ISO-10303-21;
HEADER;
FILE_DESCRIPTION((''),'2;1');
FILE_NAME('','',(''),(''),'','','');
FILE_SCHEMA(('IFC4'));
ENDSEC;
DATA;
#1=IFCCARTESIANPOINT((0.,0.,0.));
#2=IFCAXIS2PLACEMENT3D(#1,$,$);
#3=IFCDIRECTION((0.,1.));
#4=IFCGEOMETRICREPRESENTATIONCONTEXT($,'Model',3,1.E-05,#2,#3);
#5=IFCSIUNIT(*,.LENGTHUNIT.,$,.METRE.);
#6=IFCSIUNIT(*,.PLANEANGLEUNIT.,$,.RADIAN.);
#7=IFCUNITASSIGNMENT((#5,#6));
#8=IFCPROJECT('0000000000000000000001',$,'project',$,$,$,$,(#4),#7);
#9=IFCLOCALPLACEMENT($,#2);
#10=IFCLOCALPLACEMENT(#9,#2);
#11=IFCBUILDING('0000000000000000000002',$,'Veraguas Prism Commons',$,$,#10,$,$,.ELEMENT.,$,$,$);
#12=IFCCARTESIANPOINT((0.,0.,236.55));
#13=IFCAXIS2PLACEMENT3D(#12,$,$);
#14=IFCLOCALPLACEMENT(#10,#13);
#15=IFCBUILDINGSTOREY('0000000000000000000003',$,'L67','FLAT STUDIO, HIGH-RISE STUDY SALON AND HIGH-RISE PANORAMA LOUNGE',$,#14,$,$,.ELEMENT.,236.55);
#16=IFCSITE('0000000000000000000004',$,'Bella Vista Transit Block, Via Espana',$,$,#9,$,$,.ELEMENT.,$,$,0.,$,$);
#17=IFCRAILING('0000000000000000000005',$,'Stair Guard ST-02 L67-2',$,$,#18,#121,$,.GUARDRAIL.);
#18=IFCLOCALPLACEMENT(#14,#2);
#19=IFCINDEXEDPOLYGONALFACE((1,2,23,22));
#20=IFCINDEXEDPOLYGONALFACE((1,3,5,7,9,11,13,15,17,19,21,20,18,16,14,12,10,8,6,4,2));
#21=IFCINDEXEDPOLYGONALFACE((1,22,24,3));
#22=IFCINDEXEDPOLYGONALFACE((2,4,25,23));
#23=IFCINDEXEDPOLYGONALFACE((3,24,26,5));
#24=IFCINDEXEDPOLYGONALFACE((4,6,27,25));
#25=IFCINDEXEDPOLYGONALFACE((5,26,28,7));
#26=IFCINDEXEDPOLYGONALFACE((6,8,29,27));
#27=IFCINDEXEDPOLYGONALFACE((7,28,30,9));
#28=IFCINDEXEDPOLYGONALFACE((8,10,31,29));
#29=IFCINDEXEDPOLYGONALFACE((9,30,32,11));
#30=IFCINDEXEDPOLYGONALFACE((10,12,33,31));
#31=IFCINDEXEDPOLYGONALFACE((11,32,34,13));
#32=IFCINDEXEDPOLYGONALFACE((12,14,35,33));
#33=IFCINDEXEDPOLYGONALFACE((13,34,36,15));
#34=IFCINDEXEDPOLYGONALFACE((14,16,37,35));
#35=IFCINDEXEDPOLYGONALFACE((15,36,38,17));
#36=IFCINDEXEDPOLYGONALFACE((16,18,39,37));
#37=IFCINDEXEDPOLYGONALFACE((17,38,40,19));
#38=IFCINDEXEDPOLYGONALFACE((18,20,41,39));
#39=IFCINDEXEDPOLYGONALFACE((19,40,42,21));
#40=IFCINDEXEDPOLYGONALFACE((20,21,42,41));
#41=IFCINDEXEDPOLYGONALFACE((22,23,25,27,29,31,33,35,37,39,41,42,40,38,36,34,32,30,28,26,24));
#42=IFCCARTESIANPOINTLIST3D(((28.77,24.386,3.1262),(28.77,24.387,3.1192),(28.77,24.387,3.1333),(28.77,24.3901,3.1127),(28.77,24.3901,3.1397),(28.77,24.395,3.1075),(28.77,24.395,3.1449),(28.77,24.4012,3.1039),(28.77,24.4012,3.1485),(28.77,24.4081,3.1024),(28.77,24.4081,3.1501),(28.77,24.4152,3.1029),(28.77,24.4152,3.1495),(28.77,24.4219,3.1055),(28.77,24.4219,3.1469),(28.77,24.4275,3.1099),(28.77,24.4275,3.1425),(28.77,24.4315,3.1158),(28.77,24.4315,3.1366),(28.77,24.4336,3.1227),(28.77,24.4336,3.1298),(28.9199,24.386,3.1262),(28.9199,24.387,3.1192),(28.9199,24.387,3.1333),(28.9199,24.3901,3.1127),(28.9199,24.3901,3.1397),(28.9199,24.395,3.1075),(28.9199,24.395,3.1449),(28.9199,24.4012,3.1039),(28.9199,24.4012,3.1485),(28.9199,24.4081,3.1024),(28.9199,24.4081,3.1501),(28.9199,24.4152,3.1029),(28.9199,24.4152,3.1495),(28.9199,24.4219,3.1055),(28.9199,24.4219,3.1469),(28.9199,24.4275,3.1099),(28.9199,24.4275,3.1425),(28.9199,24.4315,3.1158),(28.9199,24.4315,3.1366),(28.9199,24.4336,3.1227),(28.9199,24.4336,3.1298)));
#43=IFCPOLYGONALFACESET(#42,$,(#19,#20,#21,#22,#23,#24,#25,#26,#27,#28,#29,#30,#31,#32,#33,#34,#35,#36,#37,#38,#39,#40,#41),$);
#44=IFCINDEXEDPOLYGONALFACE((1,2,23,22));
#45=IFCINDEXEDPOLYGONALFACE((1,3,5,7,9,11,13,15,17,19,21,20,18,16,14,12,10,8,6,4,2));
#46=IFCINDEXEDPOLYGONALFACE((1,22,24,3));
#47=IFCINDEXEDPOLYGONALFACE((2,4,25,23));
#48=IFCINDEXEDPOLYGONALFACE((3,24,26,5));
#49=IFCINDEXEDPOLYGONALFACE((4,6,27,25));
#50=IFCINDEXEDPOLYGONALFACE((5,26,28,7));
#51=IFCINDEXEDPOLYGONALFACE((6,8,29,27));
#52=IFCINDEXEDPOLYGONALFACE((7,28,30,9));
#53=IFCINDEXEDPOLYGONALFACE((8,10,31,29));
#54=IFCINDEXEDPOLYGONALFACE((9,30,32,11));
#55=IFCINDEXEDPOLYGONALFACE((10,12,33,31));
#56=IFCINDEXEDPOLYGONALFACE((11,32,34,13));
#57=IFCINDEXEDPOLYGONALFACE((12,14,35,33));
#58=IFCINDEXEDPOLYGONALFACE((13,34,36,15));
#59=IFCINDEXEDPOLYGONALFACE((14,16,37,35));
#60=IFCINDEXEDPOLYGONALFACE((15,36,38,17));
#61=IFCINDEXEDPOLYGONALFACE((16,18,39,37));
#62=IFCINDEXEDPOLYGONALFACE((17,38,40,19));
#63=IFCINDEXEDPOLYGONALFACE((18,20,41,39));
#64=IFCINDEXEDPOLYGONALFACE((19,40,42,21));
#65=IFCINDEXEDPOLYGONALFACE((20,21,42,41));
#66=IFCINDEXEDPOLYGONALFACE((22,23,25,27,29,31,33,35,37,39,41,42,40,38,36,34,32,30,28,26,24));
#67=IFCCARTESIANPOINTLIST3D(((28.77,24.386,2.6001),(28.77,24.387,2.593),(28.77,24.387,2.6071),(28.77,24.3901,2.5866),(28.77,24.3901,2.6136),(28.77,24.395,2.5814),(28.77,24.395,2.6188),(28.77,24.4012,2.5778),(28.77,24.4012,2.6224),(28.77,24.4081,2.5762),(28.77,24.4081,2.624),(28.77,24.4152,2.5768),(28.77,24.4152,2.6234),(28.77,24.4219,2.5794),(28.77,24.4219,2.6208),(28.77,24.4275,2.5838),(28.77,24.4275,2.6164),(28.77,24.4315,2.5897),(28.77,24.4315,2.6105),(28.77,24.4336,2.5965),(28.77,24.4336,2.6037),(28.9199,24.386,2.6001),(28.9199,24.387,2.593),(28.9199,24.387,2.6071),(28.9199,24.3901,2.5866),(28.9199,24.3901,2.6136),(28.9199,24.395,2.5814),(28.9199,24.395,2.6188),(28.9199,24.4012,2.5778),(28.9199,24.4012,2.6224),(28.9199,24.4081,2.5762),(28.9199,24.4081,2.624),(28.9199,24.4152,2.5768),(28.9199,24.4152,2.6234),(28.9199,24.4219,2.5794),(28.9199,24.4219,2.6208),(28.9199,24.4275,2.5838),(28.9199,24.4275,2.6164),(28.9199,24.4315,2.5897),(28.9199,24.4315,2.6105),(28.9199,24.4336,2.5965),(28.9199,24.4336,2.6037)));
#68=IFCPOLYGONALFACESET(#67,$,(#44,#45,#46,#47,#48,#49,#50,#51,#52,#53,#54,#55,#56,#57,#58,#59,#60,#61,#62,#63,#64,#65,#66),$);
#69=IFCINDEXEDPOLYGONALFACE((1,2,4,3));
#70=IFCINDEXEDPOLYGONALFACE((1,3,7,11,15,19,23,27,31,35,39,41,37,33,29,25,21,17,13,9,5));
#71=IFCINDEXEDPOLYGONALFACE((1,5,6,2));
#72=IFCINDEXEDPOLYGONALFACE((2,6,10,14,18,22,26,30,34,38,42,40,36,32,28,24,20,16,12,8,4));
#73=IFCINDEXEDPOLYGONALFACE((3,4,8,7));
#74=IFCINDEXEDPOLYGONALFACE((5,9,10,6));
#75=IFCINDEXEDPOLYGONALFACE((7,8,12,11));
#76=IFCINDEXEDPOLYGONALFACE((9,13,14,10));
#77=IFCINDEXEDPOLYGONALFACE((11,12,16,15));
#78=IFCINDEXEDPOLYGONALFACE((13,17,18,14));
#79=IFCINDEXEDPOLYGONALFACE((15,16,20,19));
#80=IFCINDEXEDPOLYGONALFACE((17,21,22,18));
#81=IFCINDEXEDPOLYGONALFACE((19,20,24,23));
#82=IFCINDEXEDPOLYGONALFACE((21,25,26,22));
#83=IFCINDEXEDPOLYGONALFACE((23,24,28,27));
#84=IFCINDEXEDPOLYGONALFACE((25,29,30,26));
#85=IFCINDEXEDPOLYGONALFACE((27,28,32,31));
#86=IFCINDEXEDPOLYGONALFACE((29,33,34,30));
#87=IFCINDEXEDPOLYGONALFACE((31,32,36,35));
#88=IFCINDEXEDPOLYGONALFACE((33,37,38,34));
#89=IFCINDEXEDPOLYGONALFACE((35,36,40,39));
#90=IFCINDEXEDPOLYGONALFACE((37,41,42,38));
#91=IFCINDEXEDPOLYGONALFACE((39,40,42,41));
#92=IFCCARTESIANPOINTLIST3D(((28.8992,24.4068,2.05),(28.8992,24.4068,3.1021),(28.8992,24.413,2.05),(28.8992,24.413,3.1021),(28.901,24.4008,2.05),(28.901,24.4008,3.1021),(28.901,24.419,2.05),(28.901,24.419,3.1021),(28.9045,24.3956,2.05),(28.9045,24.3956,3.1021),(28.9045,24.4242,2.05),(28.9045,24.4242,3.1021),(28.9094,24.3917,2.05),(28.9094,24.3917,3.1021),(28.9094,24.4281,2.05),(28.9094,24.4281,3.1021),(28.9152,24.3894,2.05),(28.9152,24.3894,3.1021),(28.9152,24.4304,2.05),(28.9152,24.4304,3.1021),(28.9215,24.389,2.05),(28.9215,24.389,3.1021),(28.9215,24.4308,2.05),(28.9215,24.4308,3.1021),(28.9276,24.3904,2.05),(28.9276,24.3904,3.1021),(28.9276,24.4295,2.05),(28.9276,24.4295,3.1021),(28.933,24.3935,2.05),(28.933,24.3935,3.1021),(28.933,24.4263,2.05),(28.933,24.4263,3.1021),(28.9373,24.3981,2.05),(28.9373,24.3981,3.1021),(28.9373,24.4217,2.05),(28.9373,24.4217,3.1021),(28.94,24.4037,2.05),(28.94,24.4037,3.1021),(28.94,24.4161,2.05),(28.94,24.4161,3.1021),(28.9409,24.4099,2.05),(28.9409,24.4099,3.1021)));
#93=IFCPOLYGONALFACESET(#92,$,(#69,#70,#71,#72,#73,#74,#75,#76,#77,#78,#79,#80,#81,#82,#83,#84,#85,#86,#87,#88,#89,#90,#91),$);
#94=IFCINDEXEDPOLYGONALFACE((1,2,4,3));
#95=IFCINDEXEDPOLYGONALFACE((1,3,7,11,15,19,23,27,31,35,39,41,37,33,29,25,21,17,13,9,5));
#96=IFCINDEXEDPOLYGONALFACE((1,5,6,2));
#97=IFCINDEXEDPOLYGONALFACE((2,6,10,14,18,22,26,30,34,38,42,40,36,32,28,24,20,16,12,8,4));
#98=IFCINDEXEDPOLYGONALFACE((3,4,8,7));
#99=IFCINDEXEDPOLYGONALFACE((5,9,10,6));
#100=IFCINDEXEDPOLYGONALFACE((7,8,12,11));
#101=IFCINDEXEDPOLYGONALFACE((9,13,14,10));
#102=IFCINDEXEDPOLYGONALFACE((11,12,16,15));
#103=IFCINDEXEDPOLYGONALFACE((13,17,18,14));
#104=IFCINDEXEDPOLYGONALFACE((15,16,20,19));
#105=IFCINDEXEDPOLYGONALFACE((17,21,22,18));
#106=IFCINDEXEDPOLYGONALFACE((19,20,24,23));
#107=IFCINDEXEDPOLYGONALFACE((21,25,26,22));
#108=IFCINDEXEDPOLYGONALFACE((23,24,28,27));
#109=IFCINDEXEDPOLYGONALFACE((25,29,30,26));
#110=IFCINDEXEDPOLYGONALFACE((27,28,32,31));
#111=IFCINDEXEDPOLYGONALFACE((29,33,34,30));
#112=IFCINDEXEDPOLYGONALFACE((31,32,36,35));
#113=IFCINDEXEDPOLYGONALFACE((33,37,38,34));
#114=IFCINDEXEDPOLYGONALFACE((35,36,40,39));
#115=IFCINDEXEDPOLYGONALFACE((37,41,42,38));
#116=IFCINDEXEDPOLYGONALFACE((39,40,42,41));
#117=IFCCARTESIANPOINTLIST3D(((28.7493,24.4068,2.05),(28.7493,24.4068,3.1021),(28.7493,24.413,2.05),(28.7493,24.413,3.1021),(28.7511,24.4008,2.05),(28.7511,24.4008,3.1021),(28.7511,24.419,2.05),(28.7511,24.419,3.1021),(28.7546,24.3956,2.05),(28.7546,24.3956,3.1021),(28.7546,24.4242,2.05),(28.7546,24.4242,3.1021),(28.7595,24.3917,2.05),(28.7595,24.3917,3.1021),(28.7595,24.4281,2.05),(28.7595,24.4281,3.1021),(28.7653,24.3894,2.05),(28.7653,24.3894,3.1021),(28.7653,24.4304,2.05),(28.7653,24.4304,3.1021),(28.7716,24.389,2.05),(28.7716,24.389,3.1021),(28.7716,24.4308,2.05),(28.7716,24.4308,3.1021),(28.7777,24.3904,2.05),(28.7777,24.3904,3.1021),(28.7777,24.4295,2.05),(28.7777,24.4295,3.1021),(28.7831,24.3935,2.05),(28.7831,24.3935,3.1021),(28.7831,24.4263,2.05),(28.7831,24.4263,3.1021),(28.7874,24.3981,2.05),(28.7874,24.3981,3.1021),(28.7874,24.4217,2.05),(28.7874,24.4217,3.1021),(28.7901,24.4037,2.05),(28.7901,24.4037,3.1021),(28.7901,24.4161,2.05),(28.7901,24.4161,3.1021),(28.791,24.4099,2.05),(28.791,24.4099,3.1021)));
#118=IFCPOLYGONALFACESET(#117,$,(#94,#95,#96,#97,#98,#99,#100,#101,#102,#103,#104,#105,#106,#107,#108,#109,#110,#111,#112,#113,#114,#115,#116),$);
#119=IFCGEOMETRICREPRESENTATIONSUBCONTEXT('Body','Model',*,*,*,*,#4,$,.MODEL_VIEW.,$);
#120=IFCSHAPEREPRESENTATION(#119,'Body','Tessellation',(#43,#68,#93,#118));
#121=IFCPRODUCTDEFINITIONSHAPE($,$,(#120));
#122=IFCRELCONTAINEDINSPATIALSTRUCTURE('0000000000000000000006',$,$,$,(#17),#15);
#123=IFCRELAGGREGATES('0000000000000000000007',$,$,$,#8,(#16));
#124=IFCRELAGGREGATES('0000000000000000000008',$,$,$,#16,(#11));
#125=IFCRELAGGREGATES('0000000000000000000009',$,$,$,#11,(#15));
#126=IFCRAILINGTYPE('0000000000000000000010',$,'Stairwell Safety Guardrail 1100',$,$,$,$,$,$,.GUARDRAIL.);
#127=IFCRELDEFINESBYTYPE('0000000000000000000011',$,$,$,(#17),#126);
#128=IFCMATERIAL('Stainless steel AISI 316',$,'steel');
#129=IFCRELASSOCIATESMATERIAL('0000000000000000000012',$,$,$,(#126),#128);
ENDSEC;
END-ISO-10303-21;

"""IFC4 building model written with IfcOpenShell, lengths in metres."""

from ifc_helpers import new_model, si_unit, direction, frame, origin, origin_2d, place, context, subcontext, project, spatial, circle, extrude, material, type_object, element, save


model = new_model("IFC4")

# Units and contexts
model_context = context("Model", 3, precision=1e-05, world=origin(), true_north=direction((0.0, 1.0)))
body_context = subcontext(model_context, "Body", "Model", "MODEL_VIEW")
ifc_project = project(units=[si_unit("LENGTHUNIT", "METRE"), si_unit("PLANEANGLEUNIT", "RADIAN")], contexts=[model_context])

# Site, building, storey
site_placement = place(None, origin())
site = spatial("IfcSite", under=ifc_project, at=site_placement, Name="Bella Vista Transit Block, Via Espana", CompositionType="ELEMENT", RefElevation=0.0)
building_placement = place(site_placement, origin())
building = spatial("IfcBuilding", under=site, at=building_placement, Name="Veraguas Prism Commons", CompositionType="ELEMENT")
storey_placement = place(building_placement, frame((0.0, 0.0, 236.55)))
storey = spatial("IfcBuildingStorey", under=building, at=storey_placement, Name="L67", Description="FLAT STUDIO, HIGH-RISE STUDY SALON AND HIGH-RISE PANORAMA LOUNGE", CompositionType="ELEMENT", Elevation=236.55)

# Railing
ifc_material_1 = material(Name="Stainless steel AISI 316", Category="steel")
railing_type_1 = type_object("IfcRailingType", Name="Stairwell Safety Guardrail 1100", PredefinedType="GUARDRAIL", material=ifc_material_1)
railing_1_placement = place(storey_placement, frame((28.9199, 24.4099, 2.05)))
element("IfcRailing", 1, at=railing_1_placement, inside=storey, type_object=railing_type_1, Name="Stair Guard ST-02 L67-2", PredefinedType="GUARDRAIL", context=body_context, shape_type="SweptSolid", body=[
    extrude(circle(Radius=0.0239, at=origin_2d()), frame((0.0, 0.0, 1.0762), z_axis=(-1.0, 0.0, 0.0), x_axis=(0.0, -1.0, 0.0)), (0.0, 0.0, 1.0), 0.1499),
    extrude(circle(Radius=0.0239, at=origin_2d()), frame((0.0, 0.0, 0.55), z_axis=(-1.0, 0.0, 0.0), x_axis=(0.0, -1.0, 0.0)), (0.0, 0.0, 1.0), 0.1499),
    extrude(circle(Radius=0.021, at=origin_2d()), origin(), (0.0, 0.0, 1.0), 1.052),
    extrude(circle(Radius=0.021, at=origin_2d()), frame((-0.1499, 0.0, 0.0)), (0.0, 0.0, 1.0), 1.052),
])

save(model, "model.ifc")
